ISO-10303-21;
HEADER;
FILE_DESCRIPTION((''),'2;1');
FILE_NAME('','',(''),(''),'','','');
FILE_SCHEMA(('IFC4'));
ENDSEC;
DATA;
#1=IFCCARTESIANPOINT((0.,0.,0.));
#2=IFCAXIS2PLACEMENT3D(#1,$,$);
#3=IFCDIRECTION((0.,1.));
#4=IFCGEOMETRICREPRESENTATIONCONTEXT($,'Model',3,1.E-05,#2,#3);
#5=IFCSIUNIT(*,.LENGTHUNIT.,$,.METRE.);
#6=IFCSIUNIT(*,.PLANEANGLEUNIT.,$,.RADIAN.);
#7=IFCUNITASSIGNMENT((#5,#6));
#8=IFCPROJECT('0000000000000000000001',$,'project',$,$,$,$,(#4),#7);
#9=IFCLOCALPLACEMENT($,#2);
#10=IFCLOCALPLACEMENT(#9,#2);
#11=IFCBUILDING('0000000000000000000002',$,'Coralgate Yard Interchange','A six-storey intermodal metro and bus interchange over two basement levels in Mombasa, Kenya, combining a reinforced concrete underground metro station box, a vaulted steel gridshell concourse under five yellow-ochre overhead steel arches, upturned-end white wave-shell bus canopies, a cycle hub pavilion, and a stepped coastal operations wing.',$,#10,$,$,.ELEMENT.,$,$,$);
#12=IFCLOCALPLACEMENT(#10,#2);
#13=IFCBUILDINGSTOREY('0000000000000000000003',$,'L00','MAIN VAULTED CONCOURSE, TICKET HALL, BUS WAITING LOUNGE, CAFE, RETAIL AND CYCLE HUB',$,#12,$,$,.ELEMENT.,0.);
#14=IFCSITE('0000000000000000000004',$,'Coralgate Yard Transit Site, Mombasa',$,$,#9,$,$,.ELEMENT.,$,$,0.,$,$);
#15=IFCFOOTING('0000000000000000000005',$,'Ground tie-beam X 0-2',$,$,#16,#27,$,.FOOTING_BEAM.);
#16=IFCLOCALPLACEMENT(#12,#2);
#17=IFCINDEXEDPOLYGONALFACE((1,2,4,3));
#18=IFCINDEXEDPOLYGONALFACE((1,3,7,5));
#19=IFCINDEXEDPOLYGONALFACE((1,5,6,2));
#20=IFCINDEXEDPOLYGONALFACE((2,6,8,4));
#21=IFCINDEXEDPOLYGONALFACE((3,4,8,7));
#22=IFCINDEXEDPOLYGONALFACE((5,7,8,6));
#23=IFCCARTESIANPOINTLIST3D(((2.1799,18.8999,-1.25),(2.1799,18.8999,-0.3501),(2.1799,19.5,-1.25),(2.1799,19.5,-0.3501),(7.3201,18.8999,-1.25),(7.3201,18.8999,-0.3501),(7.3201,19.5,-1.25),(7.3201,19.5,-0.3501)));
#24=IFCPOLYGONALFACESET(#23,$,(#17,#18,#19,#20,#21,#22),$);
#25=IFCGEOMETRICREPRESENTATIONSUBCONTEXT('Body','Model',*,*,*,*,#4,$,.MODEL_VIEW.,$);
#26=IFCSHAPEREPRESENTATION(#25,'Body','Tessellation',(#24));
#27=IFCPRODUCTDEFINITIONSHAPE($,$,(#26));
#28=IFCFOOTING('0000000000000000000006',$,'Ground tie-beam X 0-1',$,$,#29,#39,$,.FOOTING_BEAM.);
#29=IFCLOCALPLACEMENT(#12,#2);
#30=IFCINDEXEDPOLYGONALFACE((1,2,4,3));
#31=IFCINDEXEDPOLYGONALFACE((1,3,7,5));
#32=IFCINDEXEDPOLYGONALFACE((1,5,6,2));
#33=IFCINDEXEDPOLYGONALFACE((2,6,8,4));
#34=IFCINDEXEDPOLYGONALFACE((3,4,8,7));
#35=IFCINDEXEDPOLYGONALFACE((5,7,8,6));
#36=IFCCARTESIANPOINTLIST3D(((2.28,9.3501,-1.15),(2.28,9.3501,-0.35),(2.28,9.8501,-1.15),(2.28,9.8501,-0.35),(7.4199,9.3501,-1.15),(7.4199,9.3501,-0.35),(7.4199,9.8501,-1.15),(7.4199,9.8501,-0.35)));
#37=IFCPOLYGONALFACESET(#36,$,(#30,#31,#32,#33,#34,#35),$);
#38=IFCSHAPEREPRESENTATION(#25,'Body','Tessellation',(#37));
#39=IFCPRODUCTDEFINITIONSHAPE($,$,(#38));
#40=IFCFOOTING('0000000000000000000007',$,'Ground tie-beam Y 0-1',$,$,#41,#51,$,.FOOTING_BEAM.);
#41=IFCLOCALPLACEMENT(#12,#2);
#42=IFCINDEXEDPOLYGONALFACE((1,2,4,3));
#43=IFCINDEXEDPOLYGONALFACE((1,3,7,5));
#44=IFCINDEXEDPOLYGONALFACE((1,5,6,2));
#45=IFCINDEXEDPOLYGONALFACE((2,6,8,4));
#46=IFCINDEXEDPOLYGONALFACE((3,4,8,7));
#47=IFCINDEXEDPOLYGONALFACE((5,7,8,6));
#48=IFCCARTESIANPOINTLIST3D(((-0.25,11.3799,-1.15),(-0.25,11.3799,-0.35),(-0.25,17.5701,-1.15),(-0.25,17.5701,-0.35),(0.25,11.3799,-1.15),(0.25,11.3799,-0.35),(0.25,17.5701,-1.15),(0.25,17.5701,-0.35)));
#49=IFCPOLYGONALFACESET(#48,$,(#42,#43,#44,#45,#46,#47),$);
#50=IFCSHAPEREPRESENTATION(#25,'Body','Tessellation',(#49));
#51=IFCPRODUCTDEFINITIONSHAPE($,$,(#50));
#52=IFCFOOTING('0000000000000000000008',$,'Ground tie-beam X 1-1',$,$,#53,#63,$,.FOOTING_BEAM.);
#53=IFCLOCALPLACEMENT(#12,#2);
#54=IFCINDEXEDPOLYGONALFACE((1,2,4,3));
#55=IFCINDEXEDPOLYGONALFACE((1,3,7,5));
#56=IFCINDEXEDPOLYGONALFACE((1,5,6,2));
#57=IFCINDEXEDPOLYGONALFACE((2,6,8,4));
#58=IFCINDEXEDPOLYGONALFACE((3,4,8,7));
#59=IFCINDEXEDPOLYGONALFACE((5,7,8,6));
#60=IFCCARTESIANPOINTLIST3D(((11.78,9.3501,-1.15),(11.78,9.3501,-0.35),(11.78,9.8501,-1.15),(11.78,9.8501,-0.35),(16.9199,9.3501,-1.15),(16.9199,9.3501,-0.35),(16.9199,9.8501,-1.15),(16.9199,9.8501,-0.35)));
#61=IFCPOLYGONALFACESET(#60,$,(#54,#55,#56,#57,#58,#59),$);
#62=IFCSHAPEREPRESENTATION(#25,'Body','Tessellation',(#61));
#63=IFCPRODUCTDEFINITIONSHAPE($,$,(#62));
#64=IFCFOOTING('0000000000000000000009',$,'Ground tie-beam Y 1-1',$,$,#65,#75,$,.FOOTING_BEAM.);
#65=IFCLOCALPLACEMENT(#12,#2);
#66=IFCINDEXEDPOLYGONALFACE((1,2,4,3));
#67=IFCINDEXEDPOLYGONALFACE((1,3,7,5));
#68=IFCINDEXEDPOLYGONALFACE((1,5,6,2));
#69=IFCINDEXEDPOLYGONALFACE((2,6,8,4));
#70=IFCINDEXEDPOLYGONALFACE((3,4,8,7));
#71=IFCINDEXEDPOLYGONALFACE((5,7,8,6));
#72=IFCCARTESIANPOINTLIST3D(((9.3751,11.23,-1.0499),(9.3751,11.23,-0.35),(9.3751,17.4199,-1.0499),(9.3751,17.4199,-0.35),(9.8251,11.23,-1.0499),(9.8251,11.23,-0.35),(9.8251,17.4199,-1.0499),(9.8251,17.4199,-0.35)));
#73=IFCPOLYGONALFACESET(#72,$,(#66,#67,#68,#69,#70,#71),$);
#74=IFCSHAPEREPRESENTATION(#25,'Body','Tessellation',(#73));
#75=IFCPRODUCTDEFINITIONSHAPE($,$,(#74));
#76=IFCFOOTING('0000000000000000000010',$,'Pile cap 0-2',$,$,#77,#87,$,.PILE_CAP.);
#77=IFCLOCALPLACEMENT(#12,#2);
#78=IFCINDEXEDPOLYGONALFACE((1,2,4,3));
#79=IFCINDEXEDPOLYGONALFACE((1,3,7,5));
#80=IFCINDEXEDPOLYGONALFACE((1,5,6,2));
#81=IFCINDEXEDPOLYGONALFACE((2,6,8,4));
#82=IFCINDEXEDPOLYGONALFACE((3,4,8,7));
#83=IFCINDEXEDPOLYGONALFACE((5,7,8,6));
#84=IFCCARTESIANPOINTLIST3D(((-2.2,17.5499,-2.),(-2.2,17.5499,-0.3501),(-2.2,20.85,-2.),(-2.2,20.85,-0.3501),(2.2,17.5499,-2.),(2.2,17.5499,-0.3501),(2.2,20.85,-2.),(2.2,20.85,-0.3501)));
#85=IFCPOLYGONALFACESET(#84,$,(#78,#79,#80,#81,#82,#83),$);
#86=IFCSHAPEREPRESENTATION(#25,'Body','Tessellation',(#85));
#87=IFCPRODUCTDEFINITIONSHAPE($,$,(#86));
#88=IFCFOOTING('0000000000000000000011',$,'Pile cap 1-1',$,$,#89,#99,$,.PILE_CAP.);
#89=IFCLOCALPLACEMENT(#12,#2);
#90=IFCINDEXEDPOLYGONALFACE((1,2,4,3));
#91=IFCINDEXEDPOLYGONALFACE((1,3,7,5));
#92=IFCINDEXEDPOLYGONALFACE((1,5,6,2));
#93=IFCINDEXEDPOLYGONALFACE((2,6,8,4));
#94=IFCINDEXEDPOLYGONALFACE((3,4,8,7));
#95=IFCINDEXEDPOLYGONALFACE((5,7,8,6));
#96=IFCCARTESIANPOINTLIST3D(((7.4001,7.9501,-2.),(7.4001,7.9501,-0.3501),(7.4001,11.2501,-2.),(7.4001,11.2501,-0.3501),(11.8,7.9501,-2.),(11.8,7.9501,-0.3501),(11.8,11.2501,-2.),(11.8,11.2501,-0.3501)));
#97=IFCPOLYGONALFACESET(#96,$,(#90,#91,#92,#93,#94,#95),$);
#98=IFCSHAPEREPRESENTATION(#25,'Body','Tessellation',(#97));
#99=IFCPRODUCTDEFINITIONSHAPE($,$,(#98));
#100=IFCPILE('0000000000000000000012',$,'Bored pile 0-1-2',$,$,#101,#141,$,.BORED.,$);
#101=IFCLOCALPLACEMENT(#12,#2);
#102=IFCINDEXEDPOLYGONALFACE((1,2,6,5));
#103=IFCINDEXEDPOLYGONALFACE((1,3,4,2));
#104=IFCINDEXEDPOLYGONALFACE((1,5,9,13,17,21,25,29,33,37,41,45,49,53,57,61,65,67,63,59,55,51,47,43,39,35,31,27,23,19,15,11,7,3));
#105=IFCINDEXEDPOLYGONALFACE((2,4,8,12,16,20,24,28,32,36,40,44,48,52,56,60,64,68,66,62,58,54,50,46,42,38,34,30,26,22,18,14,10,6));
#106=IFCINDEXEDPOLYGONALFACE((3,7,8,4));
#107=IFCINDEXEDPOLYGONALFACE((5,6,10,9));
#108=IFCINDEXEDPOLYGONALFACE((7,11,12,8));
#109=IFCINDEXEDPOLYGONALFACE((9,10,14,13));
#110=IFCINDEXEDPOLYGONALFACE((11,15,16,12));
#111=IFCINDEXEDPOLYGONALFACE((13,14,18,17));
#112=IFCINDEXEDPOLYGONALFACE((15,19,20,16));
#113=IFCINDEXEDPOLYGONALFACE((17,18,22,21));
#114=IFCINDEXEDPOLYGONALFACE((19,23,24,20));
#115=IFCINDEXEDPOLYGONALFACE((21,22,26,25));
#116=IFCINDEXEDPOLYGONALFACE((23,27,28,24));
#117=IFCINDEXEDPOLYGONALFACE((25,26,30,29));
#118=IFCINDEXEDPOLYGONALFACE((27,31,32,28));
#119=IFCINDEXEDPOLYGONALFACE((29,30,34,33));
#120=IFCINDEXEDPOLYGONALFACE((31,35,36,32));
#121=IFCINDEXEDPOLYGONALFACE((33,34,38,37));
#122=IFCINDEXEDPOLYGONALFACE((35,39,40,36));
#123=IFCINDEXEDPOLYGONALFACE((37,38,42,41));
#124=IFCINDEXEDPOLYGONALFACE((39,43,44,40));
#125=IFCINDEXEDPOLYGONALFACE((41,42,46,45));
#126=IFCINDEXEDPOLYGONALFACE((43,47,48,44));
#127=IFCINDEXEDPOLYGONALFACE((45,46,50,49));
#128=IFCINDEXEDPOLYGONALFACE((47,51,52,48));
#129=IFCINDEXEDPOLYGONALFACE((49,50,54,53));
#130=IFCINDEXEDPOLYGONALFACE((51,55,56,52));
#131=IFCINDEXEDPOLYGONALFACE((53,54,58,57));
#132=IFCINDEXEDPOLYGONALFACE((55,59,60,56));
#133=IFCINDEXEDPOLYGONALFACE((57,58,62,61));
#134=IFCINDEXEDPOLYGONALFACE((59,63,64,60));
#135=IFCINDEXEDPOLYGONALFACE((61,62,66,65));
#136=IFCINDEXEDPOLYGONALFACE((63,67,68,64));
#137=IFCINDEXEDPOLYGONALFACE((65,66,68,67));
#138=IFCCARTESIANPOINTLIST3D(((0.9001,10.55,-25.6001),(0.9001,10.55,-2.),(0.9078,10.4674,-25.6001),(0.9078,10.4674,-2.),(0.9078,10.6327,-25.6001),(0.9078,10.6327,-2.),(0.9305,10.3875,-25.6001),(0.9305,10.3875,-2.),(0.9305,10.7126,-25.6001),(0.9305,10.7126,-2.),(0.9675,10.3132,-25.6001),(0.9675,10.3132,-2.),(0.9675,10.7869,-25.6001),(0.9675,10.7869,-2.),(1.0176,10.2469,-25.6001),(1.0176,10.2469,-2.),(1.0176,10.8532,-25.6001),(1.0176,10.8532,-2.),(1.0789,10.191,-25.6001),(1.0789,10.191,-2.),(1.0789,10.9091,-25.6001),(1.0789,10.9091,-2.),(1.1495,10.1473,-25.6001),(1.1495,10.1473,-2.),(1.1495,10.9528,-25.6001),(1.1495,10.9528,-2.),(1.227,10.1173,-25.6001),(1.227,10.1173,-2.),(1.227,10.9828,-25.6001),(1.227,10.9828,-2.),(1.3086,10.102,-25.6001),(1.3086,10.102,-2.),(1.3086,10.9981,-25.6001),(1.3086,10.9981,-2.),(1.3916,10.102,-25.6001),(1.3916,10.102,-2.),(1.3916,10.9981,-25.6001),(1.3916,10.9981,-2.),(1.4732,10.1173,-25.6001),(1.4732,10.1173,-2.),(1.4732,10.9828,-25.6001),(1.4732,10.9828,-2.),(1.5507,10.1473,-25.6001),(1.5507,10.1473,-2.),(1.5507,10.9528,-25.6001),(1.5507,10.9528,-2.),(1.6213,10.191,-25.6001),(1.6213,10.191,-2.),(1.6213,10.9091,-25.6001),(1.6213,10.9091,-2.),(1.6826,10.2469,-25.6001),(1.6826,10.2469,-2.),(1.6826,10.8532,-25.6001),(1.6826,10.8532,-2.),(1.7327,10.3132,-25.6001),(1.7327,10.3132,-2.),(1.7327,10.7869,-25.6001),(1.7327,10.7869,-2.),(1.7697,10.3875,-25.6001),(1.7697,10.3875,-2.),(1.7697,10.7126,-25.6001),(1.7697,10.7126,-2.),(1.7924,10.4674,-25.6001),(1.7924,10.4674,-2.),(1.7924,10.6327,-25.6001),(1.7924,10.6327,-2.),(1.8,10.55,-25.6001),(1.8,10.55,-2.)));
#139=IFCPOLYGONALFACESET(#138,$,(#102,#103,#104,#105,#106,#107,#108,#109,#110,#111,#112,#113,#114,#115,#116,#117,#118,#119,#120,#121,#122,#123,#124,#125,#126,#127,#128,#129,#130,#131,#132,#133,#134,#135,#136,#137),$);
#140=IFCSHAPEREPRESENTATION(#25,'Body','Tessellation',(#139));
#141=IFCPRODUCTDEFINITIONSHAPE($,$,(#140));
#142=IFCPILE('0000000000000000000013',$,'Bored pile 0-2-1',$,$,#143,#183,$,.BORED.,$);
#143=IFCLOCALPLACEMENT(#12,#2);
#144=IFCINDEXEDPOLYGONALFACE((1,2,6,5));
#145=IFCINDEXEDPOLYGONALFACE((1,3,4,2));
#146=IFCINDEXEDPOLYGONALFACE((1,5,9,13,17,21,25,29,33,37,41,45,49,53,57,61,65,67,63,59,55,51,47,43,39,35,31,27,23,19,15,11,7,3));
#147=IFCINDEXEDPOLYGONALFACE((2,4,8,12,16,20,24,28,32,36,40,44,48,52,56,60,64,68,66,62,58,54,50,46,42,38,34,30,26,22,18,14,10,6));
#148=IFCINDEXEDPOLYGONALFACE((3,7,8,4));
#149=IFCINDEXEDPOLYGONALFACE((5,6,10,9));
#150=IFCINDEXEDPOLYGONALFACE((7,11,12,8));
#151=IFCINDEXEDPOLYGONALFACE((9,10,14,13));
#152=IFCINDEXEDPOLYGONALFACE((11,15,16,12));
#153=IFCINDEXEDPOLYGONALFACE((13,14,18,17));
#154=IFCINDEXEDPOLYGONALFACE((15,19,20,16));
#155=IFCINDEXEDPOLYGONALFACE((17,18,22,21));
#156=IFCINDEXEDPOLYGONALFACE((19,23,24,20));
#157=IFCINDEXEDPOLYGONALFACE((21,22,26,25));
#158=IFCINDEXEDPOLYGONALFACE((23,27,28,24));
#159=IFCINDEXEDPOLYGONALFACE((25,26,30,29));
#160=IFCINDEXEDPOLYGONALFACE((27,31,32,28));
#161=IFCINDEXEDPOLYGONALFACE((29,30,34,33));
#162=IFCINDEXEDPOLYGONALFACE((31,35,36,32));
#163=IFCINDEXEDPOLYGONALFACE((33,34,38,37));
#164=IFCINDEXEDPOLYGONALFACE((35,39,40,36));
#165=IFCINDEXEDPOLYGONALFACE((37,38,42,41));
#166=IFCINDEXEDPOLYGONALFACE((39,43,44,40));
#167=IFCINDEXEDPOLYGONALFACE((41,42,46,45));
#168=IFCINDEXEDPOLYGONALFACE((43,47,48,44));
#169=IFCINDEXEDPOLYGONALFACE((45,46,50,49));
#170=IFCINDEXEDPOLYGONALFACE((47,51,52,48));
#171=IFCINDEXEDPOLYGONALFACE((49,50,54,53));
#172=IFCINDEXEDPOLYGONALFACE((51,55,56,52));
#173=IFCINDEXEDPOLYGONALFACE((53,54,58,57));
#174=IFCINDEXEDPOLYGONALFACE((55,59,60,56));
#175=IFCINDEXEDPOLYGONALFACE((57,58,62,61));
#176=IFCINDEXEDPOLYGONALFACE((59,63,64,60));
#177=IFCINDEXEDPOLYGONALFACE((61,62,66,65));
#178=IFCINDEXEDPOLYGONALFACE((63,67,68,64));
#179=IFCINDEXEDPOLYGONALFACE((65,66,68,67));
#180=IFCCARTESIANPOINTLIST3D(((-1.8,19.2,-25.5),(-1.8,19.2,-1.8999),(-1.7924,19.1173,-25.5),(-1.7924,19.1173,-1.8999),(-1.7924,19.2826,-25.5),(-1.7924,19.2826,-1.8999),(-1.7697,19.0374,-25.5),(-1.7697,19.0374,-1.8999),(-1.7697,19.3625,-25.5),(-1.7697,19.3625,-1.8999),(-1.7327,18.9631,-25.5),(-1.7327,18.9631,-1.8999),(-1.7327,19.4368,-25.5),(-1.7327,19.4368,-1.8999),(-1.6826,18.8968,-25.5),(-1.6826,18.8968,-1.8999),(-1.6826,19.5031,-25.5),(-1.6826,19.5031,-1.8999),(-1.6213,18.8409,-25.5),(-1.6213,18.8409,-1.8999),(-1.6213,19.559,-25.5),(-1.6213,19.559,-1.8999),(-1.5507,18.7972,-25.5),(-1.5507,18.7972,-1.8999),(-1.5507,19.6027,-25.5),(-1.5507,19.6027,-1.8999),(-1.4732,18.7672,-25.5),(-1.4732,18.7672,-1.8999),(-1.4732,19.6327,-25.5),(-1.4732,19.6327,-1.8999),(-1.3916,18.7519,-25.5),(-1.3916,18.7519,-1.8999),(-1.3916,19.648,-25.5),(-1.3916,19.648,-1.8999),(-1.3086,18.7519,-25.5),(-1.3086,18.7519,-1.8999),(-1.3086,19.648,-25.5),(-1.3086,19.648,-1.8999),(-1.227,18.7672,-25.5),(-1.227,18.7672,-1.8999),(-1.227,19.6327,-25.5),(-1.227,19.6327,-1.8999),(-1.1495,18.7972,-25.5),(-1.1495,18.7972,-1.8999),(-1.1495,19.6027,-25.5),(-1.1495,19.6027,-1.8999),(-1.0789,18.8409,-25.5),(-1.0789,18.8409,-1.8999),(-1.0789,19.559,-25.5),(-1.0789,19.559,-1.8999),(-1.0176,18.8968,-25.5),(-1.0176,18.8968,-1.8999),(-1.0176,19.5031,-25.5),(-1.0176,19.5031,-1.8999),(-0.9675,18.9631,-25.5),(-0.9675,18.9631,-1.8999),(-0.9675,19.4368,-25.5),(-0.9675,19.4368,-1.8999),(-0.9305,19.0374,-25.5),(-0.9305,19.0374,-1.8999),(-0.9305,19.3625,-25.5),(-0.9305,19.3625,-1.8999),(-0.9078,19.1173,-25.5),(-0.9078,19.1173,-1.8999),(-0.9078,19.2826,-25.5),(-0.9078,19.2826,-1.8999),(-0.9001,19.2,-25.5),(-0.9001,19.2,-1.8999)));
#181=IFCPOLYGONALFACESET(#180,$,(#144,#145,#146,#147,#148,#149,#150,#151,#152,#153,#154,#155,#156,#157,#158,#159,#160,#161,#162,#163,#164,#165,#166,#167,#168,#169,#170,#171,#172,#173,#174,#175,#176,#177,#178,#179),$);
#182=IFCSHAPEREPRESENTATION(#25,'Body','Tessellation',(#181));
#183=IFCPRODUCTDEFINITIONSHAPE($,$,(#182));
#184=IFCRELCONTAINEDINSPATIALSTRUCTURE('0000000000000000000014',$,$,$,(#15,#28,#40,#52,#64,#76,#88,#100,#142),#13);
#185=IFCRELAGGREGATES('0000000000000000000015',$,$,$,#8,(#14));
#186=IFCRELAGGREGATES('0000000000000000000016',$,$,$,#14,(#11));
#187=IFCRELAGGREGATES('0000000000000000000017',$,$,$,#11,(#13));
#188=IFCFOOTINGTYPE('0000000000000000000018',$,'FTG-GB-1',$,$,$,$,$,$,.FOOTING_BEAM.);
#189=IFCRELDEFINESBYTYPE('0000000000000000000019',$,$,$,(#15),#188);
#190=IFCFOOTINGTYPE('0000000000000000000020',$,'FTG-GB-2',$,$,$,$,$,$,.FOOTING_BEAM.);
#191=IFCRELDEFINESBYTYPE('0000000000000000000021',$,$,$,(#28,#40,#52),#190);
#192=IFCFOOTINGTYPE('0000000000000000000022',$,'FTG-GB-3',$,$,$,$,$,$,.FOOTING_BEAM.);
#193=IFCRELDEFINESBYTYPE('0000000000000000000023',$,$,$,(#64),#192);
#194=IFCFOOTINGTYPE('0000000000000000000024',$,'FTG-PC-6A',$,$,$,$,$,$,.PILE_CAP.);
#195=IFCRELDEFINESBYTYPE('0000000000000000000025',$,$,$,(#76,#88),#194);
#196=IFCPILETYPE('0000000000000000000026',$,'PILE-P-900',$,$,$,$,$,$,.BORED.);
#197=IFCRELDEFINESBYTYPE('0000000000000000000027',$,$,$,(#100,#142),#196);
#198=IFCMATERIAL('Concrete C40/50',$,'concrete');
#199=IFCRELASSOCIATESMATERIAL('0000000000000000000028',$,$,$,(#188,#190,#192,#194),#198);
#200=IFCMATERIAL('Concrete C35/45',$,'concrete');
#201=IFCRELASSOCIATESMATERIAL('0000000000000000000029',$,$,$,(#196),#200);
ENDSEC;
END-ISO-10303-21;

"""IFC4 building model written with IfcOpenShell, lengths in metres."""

from ifc_helpers import new_model, si_unit, direction, frame, origin, origin_2d, place, context, subcontext, project, spatial, rectangle, circle, extrude, material, material_profile, profile_set, type_object, element, save


model = new_model("IFC4")

# Units and contexts
model_context = context("Model", 3, precision=1e-05, world=origin(), true_north=direction((0.0, 1.0)))
body_context = subcontext(model_context, "Body", "Model", "MODEL_VIEW")
ifc_project = project(units=[si_unit("LENGTHUNIT", "METRE"), si_unit("PLANEANGLEUNIT", "RADIAN")], contexts=[model_context])

# Site, building, storey
site_placement = place(None, origin())
site = spatial("IfcSite", under=ifc_project, at=site_placement, Name="Coralgate Yard Transit Site, Mombasa", CompositionType="ELEMENT", RefElevation=0.0)
building_placement = place(site_placement, origin())
building = spatial("IfcBuilding", under=site, at=building_placement, Name="Coralgate Yard Interchange", Description="A six-storey intermodal metro and bus interchange over two basement levels in Mombasa, Kenya, combining a reinforced concrete underground metro station box, a vaulted steel gridshell concourse under five yellow-ochre overhead steel arches, upturned-end white wave-shell bus canopies, a cycle hub pavilion, and a stepped coastal operations wing.", CompositionType="ELEMENT")
storey_placement = place(building_placement, origin())
storey = spatial("IfcBuildingStorey", under=building, at=storey_placement, Name="L00", Description="MAIN VAULTED CONCOURSE, TICKET HALL, BUS WAITING LOUNGE, CAFE, RETAIL AND CYCLE HUB", CompositionType="ELEMENT", Elevation=0.0)

# Footings
ifc_material_1 = material(Name="Concrete C40/50", Category="concrete")
ifc_material_profile_1 = material_profile(ifc_material_1, rectangle(XDim=0.6001, YDim=0.8999, at=origin_2d()), Name="RC 600x900")
ifc_profile_set_1 = profile_set([ifc_material_profile_1], Name="Concrete C40/50")
footing_type_1 = type_object("IfcFootingType", Name="FTG-GB-1", PredefinedType="FOOTING_BEAM", material=ifc_profile_set_1)
footing_1_placement = place(storey_placement, frame((2.1799, 19.2, -0.8), z_axis=(1.0, 0.0, 0.0), x_axis=(0.0, 1.0, 0.0)))
element("IfcFooting", 1, at=footing_1_placement, inside=storey, type_object=footing_type_1, Name="Ground tie-beam X 0-2", PredefinedType="FOOTING_BEAM", context=body_context, shape_type="SweptSolid", body=[
    extrude(rectangle(XDim=0.6001, YDim=0.8999, at=origin_2d()), origin(), (0.0, 0.0, 1.0), 5.1401),
])
ifc_material_profile_2 = material_profile(ifc_material_1, rectangle(XDim=0.5, YDim=0.8, at=origin_2d()), Name="RC 500x800")
ifc_profile_set_2 = profile_set([ifc_material_profile_2], Name="Concrete C40/50")
footing_type_2 = type_object("IfcFootingType", Name="FTG-GB-2", PredefinedType="FOOTING_BEAM", material=ifc_profile_set_2)
footing_2_placement = place(storey_placement, frame((2.28, 9.6001, -0.75), z_axis=(1.0, 0.0, 0.0), x_axis=(0.0, 1.0, 0.0)))
element("IfcFooting", 2, at=footing_2_placement, inside=storey, type_object=footing_type_2, Name="Ground tie-beam X 0-1", PredefinedType="FOOTING_BEAM", context=body_context, shape_type="SweptSolid", body=[
    extrude(rectangle(XDim=0.5, YDim=0.8, at=origin_2d()), origin(), (0.0, 0.0, 1.0), 5.1399),
])
footing_3_placement = place(storey_placement, frame((0.0, 11.3799, -0.75), z_axis=(0.0, 1.0, 0.0), x_axis=(-1.0, 0.0, 0.0)))
element("IfcFooting", 3, at=footing_3_placement, inside=storey, type_object=footing_type_2, Name="Ground tie-beam Y 0-1", PredefinedType="FOOTING_BEAM", context=body_context, shape_type="SweptSolid", body=[
    extrude(rectangle(XDim=0.5, YDim=0.8, at=origin_2d()), origin(), (0.0, 0.0, 1.0), 6.1902),
])
footing_4_placement = place(storey_placement, frame((11.78, 9.6001, -0.75), z_axis=(1.0, 0.0, 0.0), x_axis=(0.0, 1.0, 0.0)))
element("IfcFooting", 4, at=footing_4_placement, inside=storey, type_object=footing_type_2, Name="Ground tie-beam X 1-1", PredefinedType="FOOTING_BEAM", context=body_context, shape_type="SweptSolid", body=[
    extrude(rectangle(XDim=0.5, YDim=0.8, at=origin_2d()), origin(), (0.0, 0.0, 1.0), 5.1399),
])
ifc_material_profile_3 = material_profile(ifc_material_1, rectangle(XDim=0.45, YDim=0.7, at=origin_2d()), Name="RC 450x700")
ifc_profile_set_3 = profile_set([ifc_material_profile_3], Name="Concrete C40/50")
footing_type_3 = type_object("IfcFootingType", Name="FTG-GB-3", PredefinedType="FOOTING_BEAM", material=ifc_profile_set_3)
footing_5_placement = place(storey_placement, frame((9.6001, 11.23, -0.7), z_axis=(0.0, 1.0, 0.0), x_axis=(-1.0, 0.0, 0.0)))
element("IfcFooting", 5, at=footing_5_placement, inside=storey, type_object=footing_type_3, Name="Ground tie-beam Y 1-1", PredefinedType="FOOTING_BEAM", context=body_context, shape_type="SweptSolid", body=[
    extrude(rectangle(XDim=0.45, YDim=0.7, at=origin_2d()), origin(), (0.0, 0.0, 1.0), 6.1899),
])
footing_type_4 = type_object("IfcFootingType", Name="FTG-PC-6A", PredefinedType="PILE_CAP", material=ifc_material_1)
for number, where, z_axis, x_axis, name in (
    (6, (0.0, 19.2, -2.0), (0.0, 0.0, 1.0), (1.0, 0.0, 0.0), "Pile cap 0-2"),
    (7, (9.6001, 9.6001, -2.0), (0.0, 0.0, 1.0), (1.0, 0.0, 0.0), "Pile cap 1-1"),
):
    element("IfcFooting", number, at=place(storey_placement, frame(where, z_axis=z_axis, x_axis=x_axis)), inside=storey, type_object=footing_type_4, Name=name, PredefinedType="PILE_CAP", context=body_context, shape_type="SweptSolid", body=[
        extrude(rectangle(XDim=4.3999, YDim=3.3, at=origin_2d()), origin(), (0.0, 0.0, 1.0), 1.6499),
    ])

# Piles
ifc_material_2 = material(Name="Concrete C35/45", Category="concrete")
ifc_material_profile_4 = material_profile(ifc_material_2, circle(Radius=0.45, at=origin_2d()), Name="BORED PILE D900")
ifc_profile_set_4 = profile_set([ifc_material_profile_4], Name="Concrete C35/45")
pile_type = type_object("IfcPileType", Name="PILE-P-900", PredefinedType="BORED", material=ifc_profile_set_4)
for number, where, z_axis, x_axis, name in (
    (8, (1.3501, 10.55, -2.0), (0.0, 0.0, -1.0), (1.0, 0.0, 0.0), "Bored pile 0-1-2"),
    (9, (-1.3501, 19.2, -1.8999), (0.0, 0.0, -1.0), (1.0, 0.0, 0.0), "Bored pile 0-2-1"),
):
    element("IfcPile", number, at=place(storey_placement, frame(where, z_axis=z_axis, x_axis=x_axis)), inside=storey, type_object=pile_type, Name=name, PredefinedType="BORED", context=body_context, shape_type="SweptSolid", body=[
        extrude(circle(Radius=0.45, at=origin_2d()), origin(), (0.0, 0.0, 1.0), 23.6001),
    ])

save(model, "model.ifc")
